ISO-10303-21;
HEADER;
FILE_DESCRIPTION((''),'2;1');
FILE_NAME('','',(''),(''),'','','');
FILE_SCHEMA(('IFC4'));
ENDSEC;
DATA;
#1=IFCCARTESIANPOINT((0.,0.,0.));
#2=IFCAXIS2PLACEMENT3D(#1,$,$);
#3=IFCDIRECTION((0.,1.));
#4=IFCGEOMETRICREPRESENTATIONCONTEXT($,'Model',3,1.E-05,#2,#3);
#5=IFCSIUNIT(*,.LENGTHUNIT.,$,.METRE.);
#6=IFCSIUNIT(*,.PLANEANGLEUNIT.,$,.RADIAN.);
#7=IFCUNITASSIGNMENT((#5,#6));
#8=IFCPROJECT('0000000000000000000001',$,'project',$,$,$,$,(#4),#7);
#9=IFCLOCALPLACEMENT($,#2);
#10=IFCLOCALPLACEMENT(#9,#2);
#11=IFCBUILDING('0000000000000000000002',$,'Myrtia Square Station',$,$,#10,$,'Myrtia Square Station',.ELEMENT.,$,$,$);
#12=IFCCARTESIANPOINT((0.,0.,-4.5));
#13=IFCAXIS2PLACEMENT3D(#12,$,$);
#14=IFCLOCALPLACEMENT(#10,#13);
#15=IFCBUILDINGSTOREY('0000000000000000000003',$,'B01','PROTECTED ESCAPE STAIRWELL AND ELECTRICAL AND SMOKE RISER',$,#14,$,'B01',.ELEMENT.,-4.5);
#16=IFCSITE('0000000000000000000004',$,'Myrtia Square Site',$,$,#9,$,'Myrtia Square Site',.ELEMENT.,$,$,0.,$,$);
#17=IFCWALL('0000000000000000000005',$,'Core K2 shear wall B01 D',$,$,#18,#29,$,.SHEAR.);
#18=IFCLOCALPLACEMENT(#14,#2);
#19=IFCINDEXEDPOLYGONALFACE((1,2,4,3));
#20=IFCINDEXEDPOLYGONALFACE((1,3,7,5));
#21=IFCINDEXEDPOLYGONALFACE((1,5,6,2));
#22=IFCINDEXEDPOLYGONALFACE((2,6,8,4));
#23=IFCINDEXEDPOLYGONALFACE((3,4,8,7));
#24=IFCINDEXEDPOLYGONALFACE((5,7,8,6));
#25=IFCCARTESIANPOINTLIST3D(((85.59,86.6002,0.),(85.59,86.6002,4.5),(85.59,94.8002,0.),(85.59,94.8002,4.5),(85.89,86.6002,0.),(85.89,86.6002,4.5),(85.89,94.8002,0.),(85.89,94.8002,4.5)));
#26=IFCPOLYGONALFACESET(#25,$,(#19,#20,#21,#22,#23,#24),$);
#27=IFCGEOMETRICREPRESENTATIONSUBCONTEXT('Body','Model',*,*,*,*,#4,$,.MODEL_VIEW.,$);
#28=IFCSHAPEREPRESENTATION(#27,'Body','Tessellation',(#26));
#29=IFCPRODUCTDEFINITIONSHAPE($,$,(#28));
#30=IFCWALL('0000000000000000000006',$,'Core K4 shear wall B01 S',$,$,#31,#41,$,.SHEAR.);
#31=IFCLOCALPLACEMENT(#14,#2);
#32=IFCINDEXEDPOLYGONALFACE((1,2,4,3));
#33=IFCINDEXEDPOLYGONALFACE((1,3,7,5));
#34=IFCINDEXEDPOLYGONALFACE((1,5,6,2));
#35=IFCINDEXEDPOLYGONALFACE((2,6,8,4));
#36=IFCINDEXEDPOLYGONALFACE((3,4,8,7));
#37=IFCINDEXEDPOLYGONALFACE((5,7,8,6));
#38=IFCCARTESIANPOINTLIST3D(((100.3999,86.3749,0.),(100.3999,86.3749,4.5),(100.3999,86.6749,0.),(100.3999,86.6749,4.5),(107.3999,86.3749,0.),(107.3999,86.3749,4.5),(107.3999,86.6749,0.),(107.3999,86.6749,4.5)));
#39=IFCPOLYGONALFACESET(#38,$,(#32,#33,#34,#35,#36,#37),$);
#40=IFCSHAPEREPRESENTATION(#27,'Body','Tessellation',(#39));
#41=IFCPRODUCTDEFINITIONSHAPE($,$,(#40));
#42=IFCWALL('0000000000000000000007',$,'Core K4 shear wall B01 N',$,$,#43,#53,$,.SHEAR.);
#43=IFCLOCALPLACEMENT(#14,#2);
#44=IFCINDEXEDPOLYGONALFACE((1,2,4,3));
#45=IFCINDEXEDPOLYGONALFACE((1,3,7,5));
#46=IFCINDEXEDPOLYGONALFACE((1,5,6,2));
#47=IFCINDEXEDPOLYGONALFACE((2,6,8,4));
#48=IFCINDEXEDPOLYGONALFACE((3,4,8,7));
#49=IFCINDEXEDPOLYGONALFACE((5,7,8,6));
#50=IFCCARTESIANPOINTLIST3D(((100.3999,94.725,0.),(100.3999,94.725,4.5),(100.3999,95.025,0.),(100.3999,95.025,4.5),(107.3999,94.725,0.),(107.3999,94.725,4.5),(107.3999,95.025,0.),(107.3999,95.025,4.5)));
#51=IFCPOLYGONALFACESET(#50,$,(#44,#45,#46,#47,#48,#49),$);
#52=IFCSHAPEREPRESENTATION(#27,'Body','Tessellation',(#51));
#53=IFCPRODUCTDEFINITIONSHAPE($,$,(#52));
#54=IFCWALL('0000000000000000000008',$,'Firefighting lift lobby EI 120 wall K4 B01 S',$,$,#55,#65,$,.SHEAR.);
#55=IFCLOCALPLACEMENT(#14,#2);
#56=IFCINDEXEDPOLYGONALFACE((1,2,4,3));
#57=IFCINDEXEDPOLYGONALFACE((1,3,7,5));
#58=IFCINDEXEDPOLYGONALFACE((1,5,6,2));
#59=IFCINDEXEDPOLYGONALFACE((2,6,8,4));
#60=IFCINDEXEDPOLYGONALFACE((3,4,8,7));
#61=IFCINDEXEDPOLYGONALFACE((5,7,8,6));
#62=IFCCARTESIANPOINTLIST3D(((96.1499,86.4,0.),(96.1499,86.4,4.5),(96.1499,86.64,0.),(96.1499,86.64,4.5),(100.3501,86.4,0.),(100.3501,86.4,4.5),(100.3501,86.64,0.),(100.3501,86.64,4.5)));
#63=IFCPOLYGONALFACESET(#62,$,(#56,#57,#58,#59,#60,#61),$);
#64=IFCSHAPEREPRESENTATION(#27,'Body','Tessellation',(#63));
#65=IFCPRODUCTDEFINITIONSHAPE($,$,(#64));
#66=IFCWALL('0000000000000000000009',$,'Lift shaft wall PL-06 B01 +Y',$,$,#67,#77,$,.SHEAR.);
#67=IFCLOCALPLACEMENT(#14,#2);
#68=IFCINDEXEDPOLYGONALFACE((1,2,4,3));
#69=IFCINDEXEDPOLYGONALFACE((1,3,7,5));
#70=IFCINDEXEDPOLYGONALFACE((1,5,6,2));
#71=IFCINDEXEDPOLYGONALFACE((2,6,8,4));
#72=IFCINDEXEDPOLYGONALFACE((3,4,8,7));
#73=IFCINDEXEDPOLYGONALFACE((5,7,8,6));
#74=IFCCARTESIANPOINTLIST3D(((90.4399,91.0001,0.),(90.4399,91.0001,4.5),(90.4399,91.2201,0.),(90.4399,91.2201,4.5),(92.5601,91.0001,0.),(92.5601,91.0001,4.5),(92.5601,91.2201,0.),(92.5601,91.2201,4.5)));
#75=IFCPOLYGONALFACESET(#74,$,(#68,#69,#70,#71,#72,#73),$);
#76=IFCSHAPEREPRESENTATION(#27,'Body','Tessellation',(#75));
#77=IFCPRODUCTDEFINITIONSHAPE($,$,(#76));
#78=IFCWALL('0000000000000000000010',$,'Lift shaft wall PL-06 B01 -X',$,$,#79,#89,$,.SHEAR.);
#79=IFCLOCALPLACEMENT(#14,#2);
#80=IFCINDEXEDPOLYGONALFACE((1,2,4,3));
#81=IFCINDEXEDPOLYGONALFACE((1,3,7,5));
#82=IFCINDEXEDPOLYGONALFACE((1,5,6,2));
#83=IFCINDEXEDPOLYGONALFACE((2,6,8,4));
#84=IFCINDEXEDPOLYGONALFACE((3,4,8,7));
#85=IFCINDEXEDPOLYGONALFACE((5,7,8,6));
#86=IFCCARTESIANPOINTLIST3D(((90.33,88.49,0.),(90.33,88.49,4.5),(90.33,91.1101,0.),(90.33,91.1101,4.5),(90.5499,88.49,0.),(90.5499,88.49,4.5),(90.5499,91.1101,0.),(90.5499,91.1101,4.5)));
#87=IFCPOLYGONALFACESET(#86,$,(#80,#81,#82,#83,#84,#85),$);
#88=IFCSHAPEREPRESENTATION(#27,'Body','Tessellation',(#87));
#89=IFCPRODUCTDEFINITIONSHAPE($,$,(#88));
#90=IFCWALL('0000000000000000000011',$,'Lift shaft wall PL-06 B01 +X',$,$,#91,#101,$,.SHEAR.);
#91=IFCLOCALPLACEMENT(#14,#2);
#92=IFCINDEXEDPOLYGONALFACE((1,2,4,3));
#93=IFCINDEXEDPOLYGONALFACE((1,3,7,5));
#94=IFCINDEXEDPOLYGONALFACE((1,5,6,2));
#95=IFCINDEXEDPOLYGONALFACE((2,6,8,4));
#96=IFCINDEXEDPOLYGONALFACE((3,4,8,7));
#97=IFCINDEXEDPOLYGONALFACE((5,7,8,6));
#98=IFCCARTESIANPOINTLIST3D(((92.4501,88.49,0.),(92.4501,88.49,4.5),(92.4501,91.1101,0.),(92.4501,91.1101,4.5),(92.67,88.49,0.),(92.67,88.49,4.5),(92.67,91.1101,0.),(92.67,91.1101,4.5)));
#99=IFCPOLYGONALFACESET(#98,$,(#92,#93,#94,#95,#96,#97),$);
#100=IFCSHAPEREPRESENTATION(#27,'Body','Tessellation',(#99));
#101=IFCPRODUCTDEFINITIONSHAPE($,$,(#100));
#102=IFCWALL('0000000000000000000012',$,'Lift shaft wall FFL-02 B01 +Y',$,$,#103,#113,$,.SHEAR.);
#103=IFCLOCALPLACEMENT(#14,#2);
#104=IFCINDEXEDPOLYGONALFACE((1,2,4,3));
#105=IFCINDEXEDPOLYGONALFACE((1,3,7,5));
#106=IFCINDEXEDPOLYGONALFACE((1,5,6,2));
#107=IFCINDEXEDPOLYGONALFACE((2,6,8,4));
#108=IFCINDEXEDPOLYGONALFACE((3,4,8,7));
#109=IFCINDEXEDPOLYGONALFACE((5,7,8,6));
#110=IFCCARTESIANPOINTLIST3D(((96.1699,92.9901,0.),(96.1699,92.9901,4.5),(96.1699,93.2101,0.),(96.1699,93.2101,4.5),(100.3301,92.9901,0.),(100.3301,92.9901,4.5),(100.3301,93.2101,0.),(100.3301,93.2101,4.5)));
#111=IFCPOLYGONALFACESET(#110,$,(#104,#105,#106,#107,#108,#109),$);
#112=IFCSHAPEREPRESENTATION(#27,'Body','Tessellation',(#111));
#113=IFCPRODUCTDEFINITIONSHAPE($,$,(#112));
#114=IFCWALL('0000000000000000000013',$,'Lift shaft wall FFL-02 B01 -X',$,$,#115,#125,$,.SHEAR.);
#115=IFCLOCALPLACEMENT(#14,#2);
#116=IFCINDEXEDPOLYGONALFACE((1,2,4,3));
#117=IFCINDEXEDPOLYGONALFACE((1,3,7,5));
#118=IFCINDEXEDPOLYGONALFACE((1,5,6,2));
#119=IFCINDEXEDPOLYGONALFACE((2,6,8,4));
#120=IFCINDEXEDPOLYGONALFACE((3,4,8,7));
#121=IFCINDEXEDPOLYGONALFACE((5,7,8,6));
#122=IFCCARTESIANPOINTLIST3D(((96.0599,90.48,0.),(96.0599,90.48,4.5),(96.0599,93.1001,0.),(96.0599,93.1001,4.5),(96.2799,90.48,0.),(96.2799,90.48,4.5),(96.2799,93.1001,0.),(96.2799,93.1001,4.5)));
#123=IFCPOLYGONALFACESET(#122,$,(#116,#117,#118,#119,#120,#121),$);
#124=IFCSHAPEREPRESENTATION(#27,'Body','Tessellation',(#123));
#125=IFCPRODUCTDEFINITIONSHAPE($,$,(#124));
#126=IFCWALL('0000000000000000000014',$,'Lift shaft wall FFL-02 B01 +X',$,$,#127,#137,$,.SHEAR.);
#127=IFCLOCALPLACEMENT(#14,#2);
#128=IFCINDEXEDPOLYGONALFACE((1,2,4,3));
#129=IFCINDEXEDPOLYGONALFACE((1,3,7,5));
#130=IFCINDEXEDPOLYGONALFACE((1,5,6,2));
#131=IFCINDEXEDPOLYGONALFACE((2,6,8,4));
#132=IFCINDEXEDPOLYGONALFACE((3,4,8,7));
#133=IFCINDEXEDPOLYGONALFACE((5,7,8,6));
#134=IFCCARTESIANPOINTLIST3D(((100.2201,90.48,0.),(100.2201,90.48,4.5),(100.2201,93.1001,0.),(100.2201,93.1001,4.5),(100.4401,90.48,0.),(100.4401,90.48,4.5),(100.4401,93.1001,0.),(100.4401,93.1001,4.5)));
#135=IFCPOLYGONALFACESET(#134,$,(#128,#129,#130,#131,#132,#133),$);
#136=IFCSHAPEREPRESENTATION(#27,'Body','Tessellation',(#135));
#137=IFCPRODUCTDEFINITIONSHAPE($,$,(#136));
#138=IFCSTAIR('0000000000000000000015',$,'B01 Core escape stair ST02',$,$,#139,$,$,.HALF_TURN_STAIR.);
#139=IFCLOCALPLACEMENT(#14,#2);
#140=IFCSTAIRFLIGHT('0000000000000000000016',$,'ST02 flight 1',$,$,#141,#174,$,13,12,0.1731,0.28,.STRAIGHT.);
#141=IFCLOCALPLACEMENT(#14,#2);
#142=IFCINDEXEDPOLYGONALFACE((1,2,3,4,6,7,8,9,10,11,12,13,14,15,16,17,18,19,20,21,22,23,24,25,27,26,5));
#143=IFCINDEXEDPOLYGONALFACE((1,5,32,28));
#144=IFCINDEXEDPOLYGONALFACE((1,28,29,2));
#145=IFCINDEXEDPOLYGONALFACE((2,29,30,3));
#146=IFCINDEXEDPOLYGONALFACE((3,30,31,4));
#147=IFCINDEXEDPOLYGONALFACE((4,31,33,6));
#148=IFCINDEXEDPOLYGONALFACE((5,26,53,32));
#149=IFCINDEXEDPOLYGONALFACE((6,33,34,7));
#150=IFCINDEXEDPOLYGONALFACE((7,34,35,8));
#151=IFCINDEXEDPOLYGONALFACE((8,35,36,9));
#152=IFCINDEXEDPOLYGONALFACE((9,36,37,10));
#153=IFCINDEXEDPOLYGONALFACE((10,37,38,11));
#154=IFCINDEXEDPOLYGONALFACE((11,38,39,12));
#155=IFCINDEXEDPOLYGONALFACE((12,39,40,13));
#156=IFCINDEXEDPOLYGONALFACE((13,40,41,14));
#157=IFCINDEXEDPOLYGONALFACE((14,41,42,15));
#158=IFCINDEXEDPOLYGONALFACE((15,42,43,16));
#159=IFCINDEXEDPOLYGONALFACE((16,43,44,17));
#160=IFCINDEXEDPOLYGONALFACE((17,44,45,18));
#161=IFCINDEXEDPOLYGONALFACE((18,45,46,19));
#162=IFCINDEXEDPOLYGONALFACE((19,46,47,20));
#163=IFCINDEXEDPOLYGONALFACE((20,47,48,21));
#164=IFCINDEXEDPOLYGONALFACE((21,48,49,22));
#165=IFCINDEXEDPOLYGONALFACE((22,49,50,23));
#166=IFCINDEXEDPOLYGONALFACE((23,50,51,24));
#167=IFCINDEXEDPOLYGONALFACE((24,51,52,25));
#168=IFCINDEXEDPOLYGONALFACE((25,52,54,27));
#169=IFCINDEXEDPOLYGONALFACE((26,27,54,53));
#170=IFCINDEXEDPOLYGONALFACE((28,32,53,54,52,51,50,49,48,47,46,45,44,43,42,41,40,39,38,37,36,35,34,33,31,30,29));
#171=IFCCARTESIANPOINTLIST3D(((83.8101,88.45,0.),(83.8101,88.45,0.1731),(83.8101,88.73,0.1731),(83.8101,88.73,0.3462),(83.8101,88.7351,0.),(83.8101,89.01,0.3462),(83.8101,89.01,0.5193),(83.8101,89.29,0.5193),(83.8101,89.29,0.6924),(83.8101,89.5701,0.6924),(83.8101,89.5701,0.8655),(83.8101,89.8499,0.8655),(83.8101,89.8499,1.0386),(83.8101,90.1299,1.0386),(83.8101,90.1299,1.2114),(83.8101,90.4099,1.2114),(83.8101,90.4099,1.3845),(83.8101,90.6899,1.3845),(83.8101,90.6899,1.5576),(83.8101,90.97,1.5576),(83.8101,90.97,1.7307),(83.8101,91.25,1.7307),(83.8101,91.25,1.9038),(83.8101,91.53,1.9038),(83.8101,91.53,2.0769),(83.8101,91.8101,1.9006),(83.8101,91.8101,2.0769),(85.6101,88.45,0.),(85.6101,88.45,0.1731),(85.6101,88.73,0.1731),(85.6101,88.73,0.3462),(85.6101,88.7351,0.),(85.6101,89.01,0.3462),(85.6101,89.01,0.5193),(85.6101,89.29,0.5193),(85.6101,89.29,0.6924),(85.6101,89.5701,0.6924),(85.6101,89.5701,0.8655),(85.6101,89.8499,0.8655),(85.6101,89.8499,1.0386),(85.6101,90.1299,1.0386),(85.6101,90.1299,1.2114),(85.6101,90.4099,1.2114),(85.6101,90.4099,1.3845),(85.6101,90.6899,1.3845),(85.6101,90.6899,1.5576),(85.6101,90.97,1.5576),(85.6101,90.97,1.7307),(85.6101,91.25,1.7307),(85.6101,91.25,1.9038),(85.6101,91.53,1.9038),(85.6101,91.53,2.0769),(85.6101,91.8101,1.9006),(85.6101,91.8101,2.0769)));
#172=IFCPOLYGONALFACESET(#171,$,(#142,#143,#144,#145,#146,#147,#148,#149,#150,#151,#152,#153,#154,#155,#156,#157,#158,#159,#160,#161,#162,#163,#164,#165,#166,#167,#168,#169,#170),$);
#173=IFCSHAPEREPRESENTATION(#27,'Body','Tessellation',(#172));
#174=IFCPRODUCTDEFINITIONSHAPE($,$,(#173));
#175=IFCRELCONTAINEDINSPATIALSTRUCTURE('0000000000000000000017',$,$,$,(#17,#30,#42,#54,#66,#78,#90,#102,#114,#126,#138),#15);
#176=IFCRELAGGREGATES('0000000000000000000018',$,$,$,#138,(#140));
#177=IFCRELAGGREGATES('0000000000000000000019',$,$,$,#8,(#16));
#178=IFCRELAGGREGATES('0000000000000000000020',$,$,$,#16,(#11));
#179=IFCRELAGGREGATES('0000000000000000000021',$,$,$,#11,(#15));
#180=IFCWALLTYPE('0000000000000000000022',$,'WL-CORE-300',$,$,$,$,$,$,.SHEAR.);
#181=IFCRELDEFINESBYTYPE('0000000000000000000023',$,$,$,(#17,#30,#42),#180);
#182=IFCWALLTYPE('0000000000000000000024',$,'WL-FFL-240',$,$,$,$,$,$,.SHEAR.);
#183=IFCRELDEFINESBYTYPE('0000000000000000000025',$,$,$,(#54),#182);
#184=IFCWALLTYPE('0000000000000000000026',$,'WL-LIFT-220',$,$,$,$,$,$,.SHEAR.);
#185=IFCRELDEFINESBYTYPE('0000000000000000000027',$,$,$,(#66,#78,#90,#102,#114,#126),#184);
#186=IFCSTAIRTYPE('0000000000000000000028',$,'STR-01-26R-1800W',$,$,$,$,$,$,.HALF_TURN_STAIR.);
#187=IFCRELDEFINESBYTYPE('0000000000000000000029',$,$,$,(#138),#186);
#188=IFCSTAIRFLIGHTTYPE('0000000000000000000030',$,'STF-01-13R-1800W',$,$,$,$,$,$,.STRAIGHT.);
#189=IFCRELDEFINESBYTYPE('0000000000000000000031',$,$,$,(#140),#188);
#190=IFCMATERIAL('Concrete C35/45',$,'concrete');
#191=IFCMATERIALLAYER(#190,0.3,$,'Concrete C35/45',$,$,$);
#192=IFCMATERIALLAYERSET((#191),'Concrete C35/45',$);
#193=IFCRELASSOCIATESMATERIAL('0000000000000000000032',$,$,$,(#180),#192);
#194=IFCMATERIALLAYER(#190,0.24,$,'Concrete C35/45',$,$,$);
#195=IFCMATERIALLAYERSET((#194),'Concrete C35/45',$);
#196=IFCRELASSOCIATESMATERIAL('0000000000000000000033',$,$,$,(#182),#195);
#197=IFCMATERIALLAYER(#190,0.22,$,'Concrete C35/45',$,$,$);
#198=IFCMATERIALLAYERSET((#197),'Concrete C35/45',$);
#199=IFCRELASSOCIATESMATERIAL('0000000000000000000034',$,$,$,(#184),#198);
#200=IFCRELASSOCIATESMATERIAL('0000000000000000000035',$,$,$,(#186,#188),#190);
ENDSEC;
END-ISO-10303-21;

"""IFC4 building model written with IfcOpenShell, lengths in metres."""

from ifc_helpers import new_model, si_unit, direction, frame, frame_2d, origin, place, context, subcontext, project, spatial, polyline, rectangle, outline, extrude, material, layer, layer_set, type_object, element, aggregate, save


model = new_model("IFC4")

# Units and contexts
model_context = context("Model", 3, precision=1e-05, world=origin(), true_north=direction((0.0, 1.0)))
body_context = subcontext(model_context, "Body", "Model", "MODEL_VIEW")
ifc_project = project(units=[si_unit("LENGTHUNIT", "METRE"), si_unit("PLANEANGLEUNIT", "RADIAN")], contexts=[model_context])

# Site, building, storey
site_placement = place(None, origin())
site = spatial("IfcSite", under=ifc_project, at=site_placement, Name="Myrtia Square Site", LongName="Myrtia Square Site", CompositionType="ELEMENT", RefElevation=0.0)
building_placement = place(site_placement, origin())
building = spatial("IfcBuilding", under=site, at=building_placement, Name="Myrtia Square Station", LongName="Myrtia Square Station", CompositionType="ELEMENT")
storey_placement = place(building_placement, frame((0.0, 0.0, -4.5)))
storey = spatial("IfcBuildingStorey", under=building, at=storey_placement, Name="B01", Description="PROTECTED ESCAPE STAIRWELL AND ELECTRICAL AND SMOKE RISER", LongName="B01", CompositionType="ELEMENT", Elevation=-4.5)

# Shared definitions
ifc_material_1 = material(Name="Concrete C35/45", Category="concrete")

# Walls
ifc_layer_1 = layer(ifc_material_1, 0.3, Name="Concrete C35/45")
ifc_layer_set_1 = layer_set([ifc_layer_1], Name="Concrete C35/45")
wall_type_1 = type_object("IfcWallType", Name="WL-CORE-300", PredefinedType="SHEAR", material=ifc_layer_set_1)
wall_1_placement = place(storey_placement, frame((85.74, 86.6001, 0.0), z_axis=(0.0, 0.0, 1.0), x_axis=(0.0, 1.0, 0.0)))
element("IfcWall", 1, at=wall_1_placement, inside=storey, type_object=wall_type_1, Name="Core K2 shear wall B01 D", PredefinedType="SHEAR", context=body_context, shape_type="SweptSolid", body=[
    extrude(rectangle(XDim=8.2, YDim=0.3, at=frame_2d((4.1001, 0.0))), origin(), (0.0, 0.0, 1.0), 4.5),
])
for number, where, z_axis, x_axis, name in (
    (2, (100.3999, 86.5249, 0.0), (0.0, 0.0, 1.0), (1.0, 0.0, 0.0), "Core K4 shear wall B01 S"),
    (3, (100.3999, 94.875, 0.0), (0.0, 0.0, 1.0), (1.0, 0.0, 0.0), "Core K4 shear wall B01 N"),
):
    element("IfcWall", number, at=place(storey_placement, frame(where, z_axis=z_axis, x_axis=x_axis)), inside=storey, type_object=wall_type_1, Name=name, PredefinedType="SHEAR", context=body_context, shape_type="SweptSolid", body=[
        extrude(rectangle(XDim=7.0, YDim=0.3, at=frame_2d((3.5, 0.0))), origin(), (0.0, 0.0, 1.0), 4.5),
    ])
ifc_layer_2 = layer(ifc_material_1, 0.24, Name="Concrete C35/45")
ifc_layer_set_2 = layer_set([ifc_layer_2], Name="Concrete C35/45")
wall_type_2 = type_object("IfcWallType", Name="WL-FFL-240", PredefinedType="SHEAR", material=ifc_layer_set_2)
wall_2_placement = place(storey_placement, frame((96.1499, 86.52, 0.0), z_axis=(0.0, 0.0, 1.0), x_axis=(1.0, 0.0, 0.0)))
element("IfcWall", 4, at=wall_2_placement, inside=storey, type_object=wall_type_2, Name="Firefighting lift lobby EI 120 wall K4 B01 S", PredefinedType="SHEAR", context=body_context, shape_type="SweptSolid", body=[
    extrude(rectangle(XDim=4.2002, YDim=0.24, at=frame_2d((2.1001, 0.0))), origin(), (0.0, 0.0, 1.0), 4.5),
])

# Shared definitions
ifc_layer_3 = layer(ifc_material_1, 0.22, Name="Concrete C35/45")
ifc_layer_set_3 = layer_set([ifc_layer_3], Name="Concrete C35/45")
wall_type_3 = type_object("IfcWallType", Name="WL-LIFT-220", PredefinedType="SHEAR", material=ifc_layer_set_3)

# Walls
wall_3_placement = place(storey_placement, frame((90.4399, 91.1101, 0.0), z_axis=(0.0, 0.0, 1.0), x_axis=(1.0, 0.0, 0.0)))
element("IfcWall", 5, at=wall_3_placement, inside=storey, type_object=wall_type_3, Name="Lift shaft wall PL-06 B01 +Y", PredefinedType="SHEAR", context=body_context, shape_type="SweptSolid", body=[
    extrude(rectangle(XDim=2.1201, YDim=0.22, at=frame_2d((1.0601, 0.0))), origin(), (0.0, 0.0, 1.0), 4.5),
])
for number, where, z_axis, x_axis, name in (
    (6, (90.4399, 88.49, 0.0), (0.0, 0.0, 1.0), (0.0, 1.0, 0.0), "Lift shaft wall PL-06 B01 -X"),
    (7, (92.5601, 88.49, 0.0), (0.0, 0.0, 1.0), (0.0, 1.0, 0.0), "Lift shaft wall PL-06 B01 +X"),
):
    element("IfcWall", number, at=place(storey_placement, frame(where, z_axis=z_axis, x_axis=x_axis)), inside=storey, type_object=wall_type_3, Name=name, PredefinedType="SHEAR", context=body_context, shape_type="SweptSolid", body=[
        extrude(rectangle(XDim=2.6201, YDim=0.22, at=frame_2d((1.3101, 0.0))), origin(), (0.0, 0.0, 1.0), 4.5),
    ])

# Walls
wall_4_placement = place(storey_placement, frame((96.1699, 93.1001, 0.0), z_axis=(0.0, 0.0, 1.0), x_axis=(1.0, 0.0, 0.0)))
element("IfcWall", 8, at=wall_4_placement, inside=storey, type_object=wall_type_3, Name="Lift shaft wall FFL-02 B01 +Y", PredefinedType="SHEAR", context=body_context, shape_type="SweptSolid", body=[
    extrude(rectangle(XDim=4.1602, YDim=0.22, at=frame_2d((2.0801, 0.0))), origin(), (0.0, 0.0, 1.0), 4.5),
])
for number, where, z_axis, x_axis, name in (
    (9, (96.1699, 90.48, 0.0), (0.0, 0.0, 1.0), (0.0, 1.0, 0.0), "Lift shaft wall FFL-02 B01 -X"),
    (10, (100.3301, 90.48, 0.0), (0.0, 0.0, 1.0), (0.0, 1.0, 0.0), "Lift shaft wall FFL-02 B01 +X"),
):
    element("IfcWall", number, at=place(storey_placement, frame(where, z_axis=z_axis, x_axis=x_axis)), inside=storey, type_object=wall_type_3, Name=name, PredefinedType="SHEAR", context=body_context, shape_type="SweptSolid", body=[
        extrude(rectangle(XDim=2.6201, YDim=0.22, at=frame_2d((1.3101, 0.0))), origin(), (0.0, 0.0, 1.0), 4.5),
    ])

# Stair, stair flight
stair_type = type_object("IfcStairType", Name="STR-01-26R-1800W", PredefinedType="HALF_TURN_STAIR", material=ifc_material_1)
stair_placement = place(storey_placement, origin())
stair = element("IfcStair", 11, at=stair_placement, inside=storey, type_object=stair_type, Name="B01 Core escape stair ST02", PredefinedType="HALF_TURN_STAIR")
stair_flight_type = type_object("IfcStairFlightType", Name="STF-01-13R-1800W", PredefinedType="STRAIGHT", material=ifc_material_1)
stair_flight_placement = place(storey_placement, frame((84.71, 88.45, 0.0), z_axis=(0.0, 0.0, 1.0), x_axis=(0.0, 1.0, 0.0)))
stair_flight = element("IfcStairFlight", 12, at=stair_flight_placement, type_object=stair_flight_type, Name="ST02 flight 1", NumberOfRisers=13, NumberOfTreads=12, PredefinedType="STRAIGHT", RiserHeight=0.1731, TreadLength=0.28, context=body_context, shape_type="SweptSolid", body=[
    extrude(outline(polyline([(0.0, 0.0), (0.0, 0.1731), (0.28, 0.1731), (0.28, 0.3462), (0.5601, 0.3462), (0.5601, 0.5193), (0.8401, 0.5193), (0.8401, 0.6924), (1.1201, 0.6924), (1.1201, 0.8655), (1.3999, 0.8655), (1.3999, 1.0386), (1.6799, 1.0386), (1.6799, 1.2114), (1.96, 1.2114), (1.96, 1.3845), (2.24, 1.3845), (2.24, 1.5576), (2.52, 1.5576), (2.52, 1.7307), (2.8, 1.7307), (2.8, 1.9038), (3.0801, 1.9038), (3.0801, 2.0769), (3.3601, 2.0769), (3.3601, 2.25), (3.3601, 1.9006), (0.2852, 0.0), (0.0, 0.0)])), frame((0.0, 0.8999, 0.0), z_axis=(0.0, -1.0, 0.0), x_axis=(1.0, 0.0, 0.0)), (0.0, 0.0, 1.0), 1.8),
])
aggregate(stair, [stair_flight])

save(model, "model.ifc")
